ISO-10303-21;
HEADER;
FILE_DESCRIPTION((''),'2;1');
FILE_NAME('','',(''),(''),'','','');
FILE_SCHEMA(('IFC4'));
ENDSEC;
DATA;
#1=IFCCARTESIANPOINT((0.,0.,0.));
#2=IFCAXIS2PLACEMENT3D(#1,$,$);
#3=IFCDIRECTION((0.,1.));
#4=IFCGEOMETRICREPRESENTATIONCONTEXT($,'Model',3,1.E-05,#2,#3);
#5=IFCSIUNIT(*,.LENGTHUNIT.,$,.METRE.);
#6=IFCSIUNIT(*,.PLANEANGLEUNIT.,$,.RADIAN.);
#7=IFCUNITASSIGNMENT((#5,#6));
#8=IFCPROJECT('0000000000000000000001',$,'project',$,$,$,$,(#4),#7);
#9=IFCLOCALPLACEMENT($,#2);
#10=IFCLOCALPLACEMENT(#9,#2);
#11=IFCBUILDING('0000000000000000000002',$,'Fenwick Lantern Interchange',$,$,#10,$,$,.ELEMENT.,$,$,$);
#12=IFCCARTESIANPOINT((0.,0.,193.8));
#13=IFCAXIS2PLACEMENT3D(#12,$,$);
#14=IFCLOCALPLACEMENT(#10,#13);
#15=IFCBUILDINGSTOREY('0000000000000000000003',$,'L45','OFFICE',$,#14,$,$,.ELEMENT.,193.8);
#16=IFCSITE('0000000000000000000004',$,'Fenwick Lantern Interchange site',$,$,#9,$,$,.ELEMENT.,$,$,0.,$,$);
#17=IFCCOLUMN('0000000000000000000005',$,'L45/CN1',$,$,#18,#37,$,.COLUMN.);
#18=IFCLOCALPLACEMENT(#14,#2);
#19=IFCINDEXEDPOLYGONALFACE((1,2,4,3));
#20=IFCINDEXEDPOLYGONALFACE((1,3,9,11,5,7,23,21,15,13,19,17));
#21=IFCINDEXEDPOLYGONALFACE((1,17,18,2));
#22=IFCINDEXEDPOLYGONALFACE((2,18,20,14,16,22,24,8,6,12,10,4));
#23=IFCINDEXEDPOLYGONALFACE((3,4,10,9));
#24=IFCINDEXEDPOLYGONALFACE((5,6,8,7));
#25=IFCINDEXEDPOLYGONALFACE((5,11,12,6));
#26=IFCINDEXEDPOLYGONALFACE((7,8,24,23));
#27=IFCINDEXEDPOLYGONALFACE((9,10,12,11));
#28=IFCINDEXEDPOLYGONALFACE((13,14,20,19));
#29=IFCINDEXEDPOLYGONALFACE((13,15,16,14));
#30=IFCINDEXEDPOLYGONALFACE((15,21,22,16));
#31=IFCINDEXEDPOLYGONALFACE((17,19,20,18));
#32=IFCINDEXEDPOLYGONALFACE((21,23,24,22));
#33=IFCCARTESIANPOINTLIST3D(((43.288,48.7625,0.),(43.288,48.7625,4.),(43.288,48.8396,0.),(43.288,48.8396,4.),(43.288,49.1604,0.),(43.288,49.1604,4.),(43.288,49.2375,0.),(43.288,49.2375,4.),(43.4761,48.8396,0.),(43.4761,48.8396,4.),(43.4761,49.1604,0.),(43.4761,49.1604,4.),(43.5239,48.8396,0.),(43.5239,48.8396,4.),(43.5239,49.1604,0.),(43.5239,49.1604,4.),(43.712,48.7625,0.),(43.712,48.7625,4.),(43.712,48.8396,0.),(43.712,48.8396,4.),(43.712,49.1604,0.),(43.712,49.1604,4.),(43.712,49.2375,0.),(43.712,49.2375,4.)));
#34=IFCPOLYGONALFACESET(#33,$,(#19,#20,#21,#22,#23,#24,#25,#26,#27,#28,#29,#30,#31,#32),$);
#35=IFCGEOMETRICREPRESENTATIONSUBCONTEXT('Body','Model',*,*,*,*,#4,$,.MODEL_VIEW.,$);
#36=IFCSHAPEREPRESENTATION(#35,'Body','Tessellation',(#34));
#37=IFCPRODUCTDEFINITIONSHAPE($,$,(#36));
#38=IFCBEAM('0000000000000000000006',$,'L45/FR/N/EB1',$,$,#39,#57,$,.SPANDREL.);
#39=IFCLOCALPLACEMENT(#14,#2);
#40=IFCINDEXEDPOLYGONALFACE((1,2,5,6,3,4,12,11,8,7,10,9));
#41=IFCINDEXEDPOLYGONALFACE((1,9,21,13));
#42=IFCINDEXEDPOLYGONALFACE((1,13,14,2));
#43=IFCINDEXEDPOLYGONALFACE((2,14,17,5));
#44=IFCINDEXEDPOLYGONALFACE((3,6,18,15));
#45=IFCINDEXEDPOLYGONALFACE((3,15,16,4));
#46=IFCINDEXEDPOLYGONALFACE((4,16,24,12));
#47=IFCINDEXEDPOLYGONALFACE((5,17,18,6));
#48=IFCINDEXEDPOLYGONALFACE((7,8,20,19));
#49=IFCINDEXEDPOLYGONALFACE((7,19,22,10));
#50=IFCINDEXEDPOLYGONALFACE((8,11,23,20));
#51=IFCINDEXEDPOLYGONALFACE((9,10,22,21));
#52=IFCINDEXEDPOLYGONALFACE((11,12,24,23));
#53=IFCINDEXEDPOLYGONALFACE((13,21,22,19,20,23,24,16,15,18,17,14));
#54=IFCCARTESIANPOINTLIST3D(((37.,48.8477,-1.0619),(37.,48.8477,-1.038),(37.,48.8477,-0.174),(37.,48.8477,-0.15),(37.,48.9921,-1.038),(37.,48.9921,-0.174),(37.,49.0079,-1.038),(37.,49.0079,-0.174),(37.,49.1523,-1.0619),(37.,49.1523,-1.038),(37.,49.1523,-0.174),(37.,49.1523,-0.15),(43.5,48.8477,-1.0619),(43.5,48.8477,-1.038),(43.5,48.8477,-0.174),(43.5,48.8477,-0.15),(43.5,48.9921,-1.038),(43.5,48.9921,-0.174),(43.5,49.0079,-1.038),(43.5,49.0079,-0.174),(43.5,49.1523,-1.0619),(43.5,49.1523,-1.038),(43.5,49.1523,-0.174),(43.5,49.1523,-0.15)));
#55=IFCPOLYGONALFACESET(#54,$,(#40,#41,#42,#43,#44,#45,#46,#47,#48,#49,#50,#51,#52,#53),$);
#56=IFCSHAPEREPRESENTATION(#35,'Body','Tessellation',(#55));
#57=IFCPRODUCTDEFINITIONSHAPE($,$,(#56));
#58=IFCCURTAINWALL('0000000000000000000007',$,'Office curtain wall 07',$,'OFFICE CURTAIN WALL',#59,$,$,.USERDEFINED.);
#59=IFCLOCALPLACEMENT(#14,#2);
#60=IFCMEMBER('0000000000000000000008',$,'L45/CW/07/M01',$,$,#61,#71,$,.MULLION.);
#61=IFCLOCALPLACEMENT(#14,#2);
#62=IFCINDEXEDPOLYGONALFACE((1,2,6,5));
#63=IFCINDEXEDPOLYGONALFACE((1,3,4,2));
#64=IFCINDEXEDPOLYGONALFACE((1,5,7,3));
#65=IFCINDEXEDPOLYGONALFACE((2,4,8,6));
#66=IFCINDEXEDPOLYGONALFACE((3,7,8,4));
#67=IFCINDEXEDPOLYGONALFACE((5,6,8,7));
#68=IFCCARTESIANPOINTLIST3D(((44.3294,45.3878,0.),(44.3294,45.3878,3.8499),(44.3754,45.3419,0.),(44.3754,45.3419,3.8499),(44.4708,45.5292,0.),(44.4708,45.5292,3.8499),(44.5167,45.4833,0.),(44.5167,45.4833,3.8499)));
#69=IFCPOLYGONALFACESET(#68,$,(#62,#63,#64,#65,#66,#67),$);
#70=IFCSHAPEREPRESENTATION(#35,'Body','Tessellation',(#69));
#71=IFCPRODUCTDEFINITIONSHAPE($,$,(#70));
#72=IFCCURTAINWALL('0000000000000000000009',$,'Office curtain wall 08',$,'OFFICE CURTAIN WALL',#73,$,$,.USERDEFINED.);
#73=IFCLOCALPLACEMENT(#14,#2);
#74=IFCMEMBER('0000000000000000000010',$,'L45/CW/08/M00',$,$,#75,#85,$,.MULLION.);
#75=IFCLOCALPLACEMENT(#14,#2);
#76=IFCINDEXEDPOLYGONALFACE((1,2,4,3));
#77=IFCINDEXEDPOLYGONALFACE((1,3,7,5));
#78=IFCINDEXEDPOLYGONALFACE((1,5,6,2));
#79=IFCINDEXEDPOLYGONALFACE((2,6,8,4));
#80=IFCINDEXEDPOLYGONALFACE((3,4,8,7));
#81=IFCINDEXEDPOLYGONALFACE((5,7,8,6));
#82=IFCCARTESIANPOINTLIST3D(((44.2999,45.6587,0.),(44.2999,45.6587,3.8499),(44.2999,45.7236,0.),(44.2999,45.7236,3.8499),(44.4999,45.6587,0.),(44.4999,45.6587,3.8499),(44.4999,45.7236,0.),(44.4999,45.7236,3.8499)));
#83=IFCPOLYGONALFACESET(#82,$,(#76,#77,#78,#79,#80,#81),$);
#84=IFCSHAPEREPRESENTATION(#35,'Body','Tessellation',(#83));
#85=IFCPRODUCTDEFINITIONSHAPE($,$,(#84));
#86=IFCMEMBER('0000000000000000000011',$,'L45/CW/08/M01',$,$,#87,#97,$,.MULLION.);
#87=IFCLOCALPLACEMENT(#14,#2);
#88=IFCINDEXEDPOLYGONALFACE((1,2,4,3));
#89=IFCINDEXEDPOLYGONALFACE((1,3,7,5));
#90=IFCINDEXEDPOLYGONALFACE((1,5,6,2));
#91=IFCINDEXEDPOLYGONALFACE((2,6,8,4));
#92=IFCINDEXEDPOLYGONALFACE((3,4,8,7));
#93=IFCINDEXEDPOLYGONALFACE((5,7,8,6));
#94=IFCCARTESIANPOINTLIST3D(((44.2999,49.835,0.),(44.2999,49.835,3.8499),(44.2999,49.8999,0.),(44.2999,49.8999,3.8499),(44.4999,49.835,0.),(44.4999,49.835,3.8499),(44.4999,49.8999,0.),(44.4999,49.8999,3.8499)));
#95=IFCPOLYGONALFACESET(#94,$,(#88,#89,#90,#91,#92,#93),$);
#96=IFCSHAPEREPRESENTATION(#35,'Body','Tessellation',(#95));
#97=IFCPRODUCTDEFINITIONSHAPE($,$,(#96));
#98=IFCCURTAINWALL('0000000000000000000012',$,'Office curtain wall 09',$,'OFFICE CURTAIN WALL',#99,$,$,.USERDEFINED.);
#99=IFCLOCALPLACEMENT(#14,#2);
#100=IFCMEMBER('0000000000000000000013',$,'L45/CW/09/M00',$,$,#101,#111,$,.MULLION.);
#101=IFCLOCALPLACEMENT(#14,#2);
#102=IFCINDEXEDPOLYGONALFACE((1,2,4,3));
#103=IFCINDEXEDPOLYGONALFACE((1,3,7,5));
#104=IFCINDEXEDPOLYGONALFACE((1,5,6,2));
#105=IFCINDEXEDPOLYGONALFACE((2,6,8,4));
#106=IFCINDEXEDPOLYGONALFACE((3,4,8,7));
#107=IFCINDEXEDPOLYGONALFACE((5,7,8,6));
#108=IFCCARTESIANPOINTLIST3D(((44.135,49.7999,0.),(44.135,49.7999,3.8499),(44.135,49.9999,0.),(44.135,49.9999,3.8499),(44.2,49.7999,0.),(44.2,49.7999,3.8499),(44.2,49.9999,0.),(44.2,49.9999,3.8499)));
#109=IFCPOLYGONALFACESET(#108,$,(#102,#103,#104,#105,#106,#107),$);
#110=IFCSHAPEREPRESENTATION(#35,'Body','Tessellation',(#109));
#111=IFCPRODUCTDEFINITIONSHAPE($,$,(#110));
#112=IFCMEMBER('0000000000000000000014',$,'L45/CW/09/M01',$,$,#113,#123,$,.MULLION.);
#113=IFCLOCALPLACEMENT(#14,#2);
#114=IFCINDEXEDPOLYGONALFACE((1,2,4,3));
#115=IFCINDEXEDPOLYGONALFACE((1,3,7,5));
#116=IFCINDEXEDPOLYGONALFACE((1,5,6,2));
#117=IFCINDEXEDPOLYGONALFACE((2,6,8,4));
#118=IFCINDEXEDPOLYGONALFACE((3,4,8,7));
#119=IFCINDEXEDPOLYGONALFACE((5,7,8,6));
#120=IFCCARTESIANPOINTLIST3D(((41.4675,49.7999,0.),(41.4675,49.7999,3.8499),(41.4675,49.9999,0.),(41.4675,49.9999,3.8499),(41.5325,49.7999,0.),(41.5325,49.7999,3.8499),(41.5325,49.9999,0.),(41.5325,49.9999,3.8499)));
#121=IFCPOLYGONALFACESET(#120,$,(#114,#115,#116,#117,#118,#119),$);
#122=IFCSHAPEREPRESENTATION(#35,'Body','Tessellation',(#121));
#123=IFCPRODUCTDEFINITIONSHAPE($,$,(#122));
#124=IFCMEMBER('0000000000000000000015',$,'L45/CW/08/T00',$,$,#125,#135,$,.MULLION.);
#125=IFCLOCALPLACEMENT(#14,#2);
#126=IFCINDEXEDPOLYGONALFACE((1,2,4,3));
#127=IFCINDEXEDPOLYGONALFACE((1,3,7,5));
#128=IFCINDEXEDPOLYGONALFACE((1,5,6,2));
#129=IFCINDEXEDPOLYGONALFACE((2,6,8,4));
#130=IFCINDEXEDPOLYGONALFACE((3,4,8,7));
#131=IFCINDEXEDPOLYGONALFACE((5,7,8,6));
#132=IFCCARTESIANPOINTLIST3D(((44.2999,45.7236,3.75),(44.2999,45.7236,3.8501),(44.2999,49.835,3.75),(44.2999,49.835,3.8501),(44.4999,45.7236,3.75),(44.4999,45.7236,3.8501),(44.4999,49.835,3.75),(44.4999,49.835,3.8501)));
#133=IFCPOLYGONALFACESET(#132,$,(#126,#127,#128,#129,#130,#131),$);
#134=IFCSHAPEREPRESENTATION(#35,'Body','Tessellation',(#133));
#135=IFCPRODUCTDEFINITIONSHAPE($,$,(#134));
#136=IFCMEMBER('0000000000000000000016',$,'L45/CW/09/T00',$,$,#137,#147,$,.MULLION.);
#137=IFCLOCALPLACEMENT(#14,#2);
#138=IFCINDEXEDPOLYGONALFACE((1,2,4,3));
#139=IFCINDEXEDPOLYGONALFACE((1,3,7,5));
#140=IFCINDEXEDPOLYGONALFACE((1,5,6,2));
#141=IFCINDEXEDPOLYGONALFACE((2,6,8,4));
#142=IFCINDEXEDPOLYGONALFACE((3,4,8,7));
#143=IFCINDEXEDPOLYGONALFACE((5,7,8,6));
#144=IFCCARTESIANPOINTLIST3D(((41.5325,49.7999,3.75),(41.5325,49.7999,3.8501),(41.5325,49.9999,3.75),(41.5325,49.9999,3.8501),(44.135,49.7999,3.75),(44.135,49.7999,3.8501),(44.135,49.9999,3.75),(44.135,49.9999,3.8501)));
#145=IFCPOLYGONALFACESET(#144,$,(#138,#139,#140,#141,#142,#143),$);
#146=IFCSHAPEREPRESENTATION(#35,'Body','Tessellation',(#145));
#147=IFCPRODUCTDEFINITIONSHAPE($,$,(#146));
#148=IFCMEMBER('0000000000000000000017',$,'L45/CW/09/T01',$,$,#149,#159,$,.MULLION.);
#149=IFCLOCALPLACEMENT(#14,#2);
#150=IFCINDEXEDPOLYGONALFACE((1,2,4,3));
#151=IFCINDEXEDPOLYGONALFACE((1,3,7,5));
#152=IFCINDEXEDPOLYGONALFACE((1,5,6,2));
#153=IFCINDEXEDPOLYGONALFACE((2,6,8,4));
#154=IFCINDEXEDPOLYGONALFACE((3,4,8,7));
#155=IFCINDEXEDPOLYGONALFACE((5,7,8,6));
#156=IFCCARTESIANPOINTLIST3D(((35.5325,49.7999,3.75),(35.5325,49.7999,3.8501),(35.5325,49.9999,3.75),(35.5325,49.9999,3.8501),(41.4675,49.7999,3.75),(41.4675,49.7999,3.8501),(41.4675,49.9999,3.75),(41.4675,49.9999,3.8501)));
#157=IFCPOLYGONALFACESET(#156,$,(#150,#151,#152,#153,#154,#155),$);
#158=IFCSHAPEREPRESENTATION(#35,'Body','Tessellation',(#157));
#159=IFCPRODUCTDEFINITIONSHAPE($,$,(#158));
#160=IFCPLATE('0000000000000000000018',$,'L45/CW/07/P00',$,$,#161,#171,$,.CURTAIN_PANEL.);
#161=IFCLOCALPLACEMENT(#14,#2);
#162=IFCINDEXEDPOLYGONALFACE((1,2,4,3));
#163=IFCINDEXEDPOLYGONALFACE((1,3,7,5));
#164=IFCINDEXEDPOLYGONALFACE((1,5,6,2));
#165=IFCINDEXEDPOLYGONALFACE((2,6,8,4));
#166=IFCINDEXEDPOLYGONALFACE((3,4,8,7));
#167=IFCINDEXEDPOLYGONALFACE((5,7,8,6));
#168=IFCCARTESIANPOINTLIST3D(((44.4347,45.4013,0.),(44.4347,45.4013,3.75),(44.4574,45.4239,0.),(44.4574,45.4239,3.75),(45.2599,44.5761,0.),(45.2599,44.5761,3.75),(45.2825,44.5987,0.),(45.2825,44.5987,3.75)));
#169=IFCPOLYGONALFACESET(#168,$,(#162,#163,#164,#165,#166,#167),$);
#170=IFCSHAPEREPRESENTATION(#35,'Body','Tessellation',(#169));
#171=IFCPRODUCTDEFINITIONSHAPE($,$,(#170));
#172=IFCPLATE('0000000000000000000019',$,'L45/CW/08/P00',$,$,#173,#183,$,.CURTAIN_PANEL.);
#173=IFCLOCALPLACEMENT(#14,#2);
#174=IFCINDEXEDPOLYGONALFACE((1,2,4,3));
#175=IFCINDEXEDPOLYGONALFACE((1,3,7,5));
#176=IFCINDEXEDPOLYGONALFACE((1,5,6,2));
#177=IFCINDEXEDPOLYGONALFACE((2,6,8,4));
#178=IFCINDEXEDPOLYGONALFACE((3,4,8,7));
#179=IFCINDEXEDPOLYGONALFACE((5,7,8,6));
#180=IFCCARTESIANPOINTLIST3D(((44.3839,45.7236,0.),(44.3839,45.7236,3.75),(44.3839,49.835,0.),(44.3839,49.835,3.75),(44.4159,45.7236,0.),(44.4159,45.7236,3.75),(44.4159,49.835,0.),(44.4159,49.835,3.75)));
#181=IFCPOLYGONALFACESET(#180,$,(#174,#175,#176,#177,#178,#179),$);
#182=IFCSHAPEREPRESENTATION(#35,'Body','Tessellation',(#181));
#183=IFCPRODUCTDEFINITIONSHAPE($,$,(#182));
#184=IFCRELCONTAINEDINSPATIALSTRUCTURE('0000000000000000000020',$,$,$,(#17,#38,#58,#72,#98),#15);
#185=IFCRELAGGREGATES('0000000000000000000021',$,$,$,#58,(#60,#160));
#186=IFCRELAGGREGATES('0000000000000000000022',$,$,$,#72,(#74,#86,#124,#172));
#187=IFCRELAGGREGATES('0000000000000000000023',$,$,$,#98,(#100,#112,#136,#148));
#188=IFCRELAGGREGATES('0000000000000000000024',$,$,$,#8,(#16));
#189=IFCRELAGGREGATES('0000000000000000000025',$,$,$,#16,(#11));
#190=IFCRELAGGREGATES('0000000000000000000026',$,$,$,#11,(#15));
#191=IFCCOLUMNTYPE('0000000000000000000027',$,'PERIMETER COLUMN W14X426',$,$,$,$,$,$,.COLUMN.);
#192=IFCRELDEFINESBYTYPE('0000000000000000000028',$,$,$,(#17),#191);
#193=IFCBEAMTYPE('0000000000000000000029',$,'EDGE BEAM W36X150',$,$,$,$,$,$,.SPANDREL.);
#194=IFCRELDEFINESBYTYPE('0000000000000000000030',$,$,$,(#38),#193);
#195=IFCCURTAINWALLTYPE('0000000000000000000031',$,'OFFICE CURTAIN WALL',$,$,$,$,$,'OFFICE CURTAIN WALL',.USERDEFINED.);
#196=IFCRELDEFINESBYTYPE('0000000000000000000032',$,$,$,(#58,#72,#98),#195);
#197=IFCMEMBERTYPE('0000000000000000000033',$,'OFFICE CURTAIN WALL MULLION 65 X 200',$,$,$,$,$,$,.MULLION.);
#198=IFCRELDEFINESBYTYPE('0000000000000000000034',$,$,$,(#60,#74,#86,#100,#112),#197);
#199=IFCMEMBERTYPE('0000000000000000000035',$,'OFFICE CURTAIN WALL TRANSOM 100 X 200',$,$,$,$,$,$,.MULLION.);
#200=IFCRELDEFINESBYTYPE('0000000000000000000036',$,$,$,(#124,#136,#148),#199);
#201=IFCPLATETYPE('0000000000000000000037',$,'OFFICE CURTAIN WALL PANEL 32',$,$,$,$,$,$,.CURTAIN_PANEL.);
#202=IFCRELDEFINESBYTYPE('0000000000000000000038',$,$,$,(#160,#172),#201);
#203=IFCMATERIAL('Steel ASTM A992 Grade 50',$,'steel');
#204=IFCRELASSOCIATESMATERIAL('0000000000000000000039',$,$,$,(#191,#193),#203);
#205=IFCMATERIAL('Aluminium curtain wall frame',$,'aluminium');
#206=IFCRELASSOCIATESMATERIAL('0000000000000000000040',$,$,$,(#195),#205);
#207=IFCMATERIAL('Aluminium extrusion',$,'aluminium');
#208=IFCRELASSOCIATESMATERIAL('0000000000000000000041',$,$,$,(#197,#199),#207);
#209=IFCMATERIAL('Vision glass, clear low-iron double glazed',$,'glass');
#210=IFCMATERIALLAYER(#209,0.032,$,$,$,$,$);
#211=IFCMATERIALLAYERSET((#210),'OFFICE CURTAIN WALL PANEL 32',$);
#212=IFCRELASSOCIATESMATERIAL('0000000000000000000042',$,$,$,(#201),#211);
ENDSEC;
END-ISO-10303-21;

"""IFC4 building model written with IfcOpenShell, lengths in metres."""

from ifc_helpers import new_model, si_unit, direction, frame, origin, origin_2d, place, context, subcontext, project, spatial, rectangle, i_section, extrude, material, layer, layer_set, material_profile, profile_set, type_object, element, aggregate, save


model = new_model("IFC4")

# Units and contexts
model_context = context("Model", 3, precision=1e-05, world=origin(), true_north=direction((0.0, 1.0)))
body_context = subcontext(model_context, "Body", "Model", "MODEL_VIEW")
ifc_project = project(units=[si_unit("LENGTHUNIT", "METRE"), si_unit("PLANEANGLEUNIT", "RADIAN")], contexts=[model_context])

# Site, building, storey
site_placement = place(None, origin())
site = spatial("IfcSite", under=ifc_project, at=site_placement, Name="Fenwick Lantern Interchange site", CompositionType="ELEMENT", RefElevation=0.0)
building_placement = place(site_placement, origin())
building = spatial("IfcBuilding", under=site, at=building_placement, Name="Fenwick Lantern Interchange", CompositionType="ELEMENT")
storey_placement = place(building_placement, frame((0.0, 0.0, 193.8)))
storey = spatial("IfcBuildingStorey", under=building, at=storey_placement, Name="L45", Description="OFFICE", CompositionType="ELEMENT", Elevation=193.8)

# Column
ifc_material_1 = material(Name="Steel ASTM A992 Grade 50", Category="steel")
ifc_material_profile_1 = material_profile(ifc_material_1, i_section(OverallWidth=0.4241, OverallDepth=0.4751, WebThickness=0.0479, FlangeThickness=0.0771, at=origin_2d()), Name="W14X426")
ifc_profile_set_1 = profile_set([ifc_material_profile_1], Name="Steel ASTM A992 Grade 50")
column_type = type_object("IfcColumnType", Name="PERIMETER COLUMN W14X426", PredefinedType="COLUMN", material=ifc_profile_set_1)
column_placement = place(storey_placement, frame((43.5, 49.0, 0.0), z_axis=(0.0, 0.0, 1.0), x_axis=(1.0, 0.0, 0.0)))
element("IfcColumn", 1, at=column_placement, inside=storey, type_object=column_type, Name="L45/CN1", PredefinedType="COLUMN", context=body_context, shape_type="SweptSolid", body=[
    extrude(i_section(OverallWidth=0.4241, OverallDepth=0.4751, WebThickness=0.0479, FlangeThickness=0.0771, at=origin_2d()), origin(), (0.0, 0.0, 1.0), 4.0),
])

# Beam
ifc_material_profile_2 = material_profile(ifc_material_1, i_section(OverallWidth=0.3047, OverallDepth=0.9119, WebThickness=0.0159, FlangeThickness=0.0239, at=origin_2d()), Name="W36X150")
ifc_profile_set_2 = profile_set([ifc_material_profile_2], Name="Steel ASTM A992 Grade 50")
beam_type = type_object("IfcBeamType", Name="EDGE BEAM W36X150", PredefinedType="SPANDREL", material=ifc_profile_set_2)
beam_placement = place(storey_placement, frame((43.5, 49.0, -0.606), z_axis=(-1.0, 0.0, 0.0), x_axis=(0.0, -1.0, 0.0)))
element("IfcBeam", 2, at=beam_placement, inside=storey, type_object=beam_type, Name="L45/FR/N/EB1", PredefinedType="SPANDREL", context=body_context, shape_type="SweptSolid", body=[
    extrude(i_section(OverallWidth=0.3047, OverallDepth=0.9119, WebThickness=0.0159, FlangeThickness=0.0239, at=origin_2d()), origin(), (0.0, 0.0, 1.0), 6.5),
])

# Curtain wall, member
ifc_material_2 = material(Name="Aluminium curtain wall frame", Category="aluminium")
curtain_wall_type = type_object("IfcCurtainWallType", Name="OFFICE CURTAIN WALL", ElementType="OFFICE CURTAIN WALL", PredefinedType="USERDEFINED", material=ifc_material_2)
curtain_wall_1_placement = place(storey_placement, origin())
curtain_wall_1 = element("IfcCurtainWall", 3, at=curtain_wall_1_placement, inside=storey, type_object=curtain_wall_type, Name="Office curtain wall 07", ObjectType="OFFICE CURTAIN WALL", PredefinedType="USERDEFINED")
ifc_material_3 = material(Name="Aluminium extrusion", Category="aluminium")
ifc_material_profile_3 = material_profile(ifc_material_3, rectangle(XDim=0.2, YDim=0.0649, at=origin_2d()), Name="OFFICE CURTAIN WALL MULLION 65 X 200")
ifc_profile_set_3 = profile_set([ifc_material_profile_3], Name="Aluminium extrusion")
member_type_1 = type_object("IfcMemberType", Name="OFFICE CURTAIN WALL MULLION 65 X 200", PredefinedType="MULLION", material=ifc_profile_set_3)
member_1_placement = place(storey_placement, frame((44.4231, 45.4355, 0.0), z_axis=(0.0, 0.0, 1.0), x_axis=(-0.707107, -0.707107, 0.0)))
member_1 = element("IfcMember", 4, at=member_1_placement, type_object=member_type_1, Name="L45/CW/07/M01", PredefinedType="MULLION", context=body_context, shape_type="SweptSolid", body=[
    extrude(rectangle(XDim=0.2, YDim=0.0649, at=origin_2d()), origin(), (0.0, 0.0, 1.0), 3.8499),
])

# Curtain walls, members
curtain_wall_2_placement = place(storey_placement, origin())
curtain_wall_2 = element("IfcCurtainWall", 5, at=curtain_wall_2_placement, inside=storey, type_object=curtain_wall_type, Name="Office curtain wall 08", ObjectType="OFFICE CURTAIN WALL", PredefinedType="USERDEFINED")
member_2_placement = place(storey_placement, frame((44.3999, 45.6912, 0.0), z_axis=(0.0, 0.0, 1.0), x_axis=(-1.0, 0.0, 0.0)))
member_2 = element("IfcMember", 6, at=member_2_placement, type_object=member_type_1, Name="L45/CW/08/M00", PredefinedType="MULLION", context=body_context, shape_type="SweptSolid", body=[
    extrude(rectangle(XDim=0.2, YDim=0.0649, at=origin_2d()), origin(), (0.0, 0.0, 1.0), 3.8499),
])
member_3_placement = place(storey_placement, frame((44.3999, 49.8674, 0.0), z_axis=(0.0, 0.0, 1.0), x_axis=(-1.0, 0.0, 0.0)))
member_3 = element("IfcMember", 7, at=member_3_placement, type_object=member_type_1, Name="L45/CW/08/M01", PredefinedType="MULLION", context=body_context, shape_type="SweptSolid", body=[
    extrude(rectangle(XDim=0.2, YDim=0.0649, at=origin_2d()), origin(), (0.0, 0.0, 1.0), 3.8499),
])
curtain_wall_3_placement = place(storey_placement, origin())
curtain_wall_3 = element("IfcCurtainWall", 8, at=curtain_wall_3_placement, inside=storey, type_object=curtain_wall_type, Name="Office curtain wall 09", ObjectType="OFFICE CURTAIN WALL", PredefinedType="USERDEFINED")
member_4_placement = place(storey_placement, frame((44.1675, 49.8999, 0.0), z_axis=(0.0, 0.0, 1.0), x_axis=(0.0, -1.0, 0.0)))
member_4 = element("IfcMember", 9, at=member_4_placement, type_object=member_type_1, Name="L45/CW/09/M00", PredefinedType="MULLION", context=body_context, shape_type="SweptSolid", body=[
    extrude(rectangle(XDim=0.2, YDim=0.0649, at=origin_2d()), origin(), (0.0, 0.0, 1.0), 3.8499),
])
member_5_placement = place(storey_placement, frame((41.5, 49.8999, 0.0), z_axis=(0.0, 0.0, 1.0), x_axis=(0.0, -1.0, 0.0)))
member_5 = element("IfcMember", 10, at=member_5_placement, type_object=member_type_1, Name="L45/CW/09/M01", PredefinedType="MULLION", context=body_context, shape_type="SweptSolid", body=[
    extrude(rectangle(XDim=0.2, YDim=0.0649, at=origin_2d()), origin(), (0.0, 0.0, 1.0), 3.8499),
])

# Members
ifc_material_profile_4 = material_profile(ifc_material_3, rectangle(XDim=0.2, YDim=0.1001, at=origin_2d()), Name="OFFICE CURTAIN WALL TRANSOM 100 X 200")
ifc_profile_set_4 = profile_set([ifc_material_profile_4], Name="Aluminium extrusion")
member_type_2 = type_object("IfcMemberType", Name="OFFICE CURTAIN WALL TRANSOM 100 X 200", PredefinedType="MULLION", material=ifc_profile_set_4)
member_6_placement = place(storey_placement, frame((44.3999, 45.7236, 3.8), z_axis=(0.0, 1.0, 0.0), x_axis=(-1.0, 0.0, 0.0)))
member_6 = element("IfcMember", 11, at=member_6_placement, type_object=member_type_2, Name="L45/CW/08/T00", PredefinedType="MULLION", context=body_context, shape_type="SweptSolid", body=[
    extrude(rectangle(XDim=0.2, YDim=0.1001, at=origin_2d()), origin(), (0.0, 0.0, 1.0), 4.1113),
])
member_7_placement = place(storey_placement, frame((44.135, 49.8999, 3.8), z_axis=(-1.0, 0.0, 0.0), x_axis=(0.0, -1.0, 0.0)))
member_7 = element("IfcMember", 12, at=member_7_placement, type_object=member_type_2, Name="L45/CW/09/T00", PredefinedType="MULLION", context=body_context, shape_type="SweptSolid", body=[
    extrude(rectangle(XDim=0.2, YDim=0.1001, at=origin_2d()), origin(), (0.0, 0.0, 1.0), 2.6025),
])
member_8_placement = place(storey_placement, frame((41.4675, 49.8999, 3.8), z_axis=(-1.0, 0.0, 0.0), x_axis=(0.0, -1.0, 0.0)))
member_8 = element("IfcMember", 13, at=member_8_placement, type_object=member_type_2, Name="L45/CW/09/T01", PredefinedType="MULLION", context=body_context, shape_type="SweptSolid", body=[
    extrude(rectangle(XDim=0.2, YDim=0.1001, at=origin_2d()), origin(), (0.0, 0.0, 1.0), 5.9351),
])

# Plates
ifc_material_4 = material(Name="Vision glass, clear low-iron double glazed", Category="glass")
ifc_layer_1 = layer(ifc_material_4, 0.032)
ifc_layer_set_1 = layer_set([ifc_layer_1], Name="OFFICE CURTAIN WALL PANEL 32")
plate_type = type_object("IfcPlateType", Name="OFFICE CURTAIN WALL PANEL 32", PredefinedType="CURTAIN_PANEL", material=ifc_layer_set_1)
plate_1_placement = place(storey_placement, frame((44.8586, 45.0, 0.0), z_axis=(0.0, 0.0, 1.0), x_axis=(-0.707107, 0.707107, 0.0)))
plate_1 = element("IfcPlate", 14, at=plate_1_placement, type_object=plate_type, Name="L45/CW/07/P00", PredefinedType="CURTAIN_PANEL", context=body_context, shape_type="SweptSolid", body=[
    extrude(rectangle(XDim=1.167, YDim=0.032, at=origin_2d()), origin(), (0.0, 0.0, 1.0), 3.75),
])
aggregate(curtain_wall_1, [member_1, plate_1])
plate_2_placement = place(storey_placement, frame((44.3999, 47.7793, 0.0), z_axis=(0.0, 0.0, 1.0), x_axis=(0.0, 1.0, 0.0)))
plate_2 = element("IfcPlate", 15, at=plate_2_placement, type_object=plate_type, Name="L45/CW/08/P00", PredefinedType="CURTAIN_PANEL", context=body_context, shape_type="SweptSolid", body=[
    extrude(rectangle(XDim=4.1113, YDim=0.032, at=origin_2d()), origin(), (0.0, 0.0, 1.0), 3.75),
])
aggregate(curtain_wall_2, [member_2, member_3, member_6, plate_2])
aggregate(curtain_wall_3, [member_4, member_5, member_7, member_8])

save(model, "model.ifc")
